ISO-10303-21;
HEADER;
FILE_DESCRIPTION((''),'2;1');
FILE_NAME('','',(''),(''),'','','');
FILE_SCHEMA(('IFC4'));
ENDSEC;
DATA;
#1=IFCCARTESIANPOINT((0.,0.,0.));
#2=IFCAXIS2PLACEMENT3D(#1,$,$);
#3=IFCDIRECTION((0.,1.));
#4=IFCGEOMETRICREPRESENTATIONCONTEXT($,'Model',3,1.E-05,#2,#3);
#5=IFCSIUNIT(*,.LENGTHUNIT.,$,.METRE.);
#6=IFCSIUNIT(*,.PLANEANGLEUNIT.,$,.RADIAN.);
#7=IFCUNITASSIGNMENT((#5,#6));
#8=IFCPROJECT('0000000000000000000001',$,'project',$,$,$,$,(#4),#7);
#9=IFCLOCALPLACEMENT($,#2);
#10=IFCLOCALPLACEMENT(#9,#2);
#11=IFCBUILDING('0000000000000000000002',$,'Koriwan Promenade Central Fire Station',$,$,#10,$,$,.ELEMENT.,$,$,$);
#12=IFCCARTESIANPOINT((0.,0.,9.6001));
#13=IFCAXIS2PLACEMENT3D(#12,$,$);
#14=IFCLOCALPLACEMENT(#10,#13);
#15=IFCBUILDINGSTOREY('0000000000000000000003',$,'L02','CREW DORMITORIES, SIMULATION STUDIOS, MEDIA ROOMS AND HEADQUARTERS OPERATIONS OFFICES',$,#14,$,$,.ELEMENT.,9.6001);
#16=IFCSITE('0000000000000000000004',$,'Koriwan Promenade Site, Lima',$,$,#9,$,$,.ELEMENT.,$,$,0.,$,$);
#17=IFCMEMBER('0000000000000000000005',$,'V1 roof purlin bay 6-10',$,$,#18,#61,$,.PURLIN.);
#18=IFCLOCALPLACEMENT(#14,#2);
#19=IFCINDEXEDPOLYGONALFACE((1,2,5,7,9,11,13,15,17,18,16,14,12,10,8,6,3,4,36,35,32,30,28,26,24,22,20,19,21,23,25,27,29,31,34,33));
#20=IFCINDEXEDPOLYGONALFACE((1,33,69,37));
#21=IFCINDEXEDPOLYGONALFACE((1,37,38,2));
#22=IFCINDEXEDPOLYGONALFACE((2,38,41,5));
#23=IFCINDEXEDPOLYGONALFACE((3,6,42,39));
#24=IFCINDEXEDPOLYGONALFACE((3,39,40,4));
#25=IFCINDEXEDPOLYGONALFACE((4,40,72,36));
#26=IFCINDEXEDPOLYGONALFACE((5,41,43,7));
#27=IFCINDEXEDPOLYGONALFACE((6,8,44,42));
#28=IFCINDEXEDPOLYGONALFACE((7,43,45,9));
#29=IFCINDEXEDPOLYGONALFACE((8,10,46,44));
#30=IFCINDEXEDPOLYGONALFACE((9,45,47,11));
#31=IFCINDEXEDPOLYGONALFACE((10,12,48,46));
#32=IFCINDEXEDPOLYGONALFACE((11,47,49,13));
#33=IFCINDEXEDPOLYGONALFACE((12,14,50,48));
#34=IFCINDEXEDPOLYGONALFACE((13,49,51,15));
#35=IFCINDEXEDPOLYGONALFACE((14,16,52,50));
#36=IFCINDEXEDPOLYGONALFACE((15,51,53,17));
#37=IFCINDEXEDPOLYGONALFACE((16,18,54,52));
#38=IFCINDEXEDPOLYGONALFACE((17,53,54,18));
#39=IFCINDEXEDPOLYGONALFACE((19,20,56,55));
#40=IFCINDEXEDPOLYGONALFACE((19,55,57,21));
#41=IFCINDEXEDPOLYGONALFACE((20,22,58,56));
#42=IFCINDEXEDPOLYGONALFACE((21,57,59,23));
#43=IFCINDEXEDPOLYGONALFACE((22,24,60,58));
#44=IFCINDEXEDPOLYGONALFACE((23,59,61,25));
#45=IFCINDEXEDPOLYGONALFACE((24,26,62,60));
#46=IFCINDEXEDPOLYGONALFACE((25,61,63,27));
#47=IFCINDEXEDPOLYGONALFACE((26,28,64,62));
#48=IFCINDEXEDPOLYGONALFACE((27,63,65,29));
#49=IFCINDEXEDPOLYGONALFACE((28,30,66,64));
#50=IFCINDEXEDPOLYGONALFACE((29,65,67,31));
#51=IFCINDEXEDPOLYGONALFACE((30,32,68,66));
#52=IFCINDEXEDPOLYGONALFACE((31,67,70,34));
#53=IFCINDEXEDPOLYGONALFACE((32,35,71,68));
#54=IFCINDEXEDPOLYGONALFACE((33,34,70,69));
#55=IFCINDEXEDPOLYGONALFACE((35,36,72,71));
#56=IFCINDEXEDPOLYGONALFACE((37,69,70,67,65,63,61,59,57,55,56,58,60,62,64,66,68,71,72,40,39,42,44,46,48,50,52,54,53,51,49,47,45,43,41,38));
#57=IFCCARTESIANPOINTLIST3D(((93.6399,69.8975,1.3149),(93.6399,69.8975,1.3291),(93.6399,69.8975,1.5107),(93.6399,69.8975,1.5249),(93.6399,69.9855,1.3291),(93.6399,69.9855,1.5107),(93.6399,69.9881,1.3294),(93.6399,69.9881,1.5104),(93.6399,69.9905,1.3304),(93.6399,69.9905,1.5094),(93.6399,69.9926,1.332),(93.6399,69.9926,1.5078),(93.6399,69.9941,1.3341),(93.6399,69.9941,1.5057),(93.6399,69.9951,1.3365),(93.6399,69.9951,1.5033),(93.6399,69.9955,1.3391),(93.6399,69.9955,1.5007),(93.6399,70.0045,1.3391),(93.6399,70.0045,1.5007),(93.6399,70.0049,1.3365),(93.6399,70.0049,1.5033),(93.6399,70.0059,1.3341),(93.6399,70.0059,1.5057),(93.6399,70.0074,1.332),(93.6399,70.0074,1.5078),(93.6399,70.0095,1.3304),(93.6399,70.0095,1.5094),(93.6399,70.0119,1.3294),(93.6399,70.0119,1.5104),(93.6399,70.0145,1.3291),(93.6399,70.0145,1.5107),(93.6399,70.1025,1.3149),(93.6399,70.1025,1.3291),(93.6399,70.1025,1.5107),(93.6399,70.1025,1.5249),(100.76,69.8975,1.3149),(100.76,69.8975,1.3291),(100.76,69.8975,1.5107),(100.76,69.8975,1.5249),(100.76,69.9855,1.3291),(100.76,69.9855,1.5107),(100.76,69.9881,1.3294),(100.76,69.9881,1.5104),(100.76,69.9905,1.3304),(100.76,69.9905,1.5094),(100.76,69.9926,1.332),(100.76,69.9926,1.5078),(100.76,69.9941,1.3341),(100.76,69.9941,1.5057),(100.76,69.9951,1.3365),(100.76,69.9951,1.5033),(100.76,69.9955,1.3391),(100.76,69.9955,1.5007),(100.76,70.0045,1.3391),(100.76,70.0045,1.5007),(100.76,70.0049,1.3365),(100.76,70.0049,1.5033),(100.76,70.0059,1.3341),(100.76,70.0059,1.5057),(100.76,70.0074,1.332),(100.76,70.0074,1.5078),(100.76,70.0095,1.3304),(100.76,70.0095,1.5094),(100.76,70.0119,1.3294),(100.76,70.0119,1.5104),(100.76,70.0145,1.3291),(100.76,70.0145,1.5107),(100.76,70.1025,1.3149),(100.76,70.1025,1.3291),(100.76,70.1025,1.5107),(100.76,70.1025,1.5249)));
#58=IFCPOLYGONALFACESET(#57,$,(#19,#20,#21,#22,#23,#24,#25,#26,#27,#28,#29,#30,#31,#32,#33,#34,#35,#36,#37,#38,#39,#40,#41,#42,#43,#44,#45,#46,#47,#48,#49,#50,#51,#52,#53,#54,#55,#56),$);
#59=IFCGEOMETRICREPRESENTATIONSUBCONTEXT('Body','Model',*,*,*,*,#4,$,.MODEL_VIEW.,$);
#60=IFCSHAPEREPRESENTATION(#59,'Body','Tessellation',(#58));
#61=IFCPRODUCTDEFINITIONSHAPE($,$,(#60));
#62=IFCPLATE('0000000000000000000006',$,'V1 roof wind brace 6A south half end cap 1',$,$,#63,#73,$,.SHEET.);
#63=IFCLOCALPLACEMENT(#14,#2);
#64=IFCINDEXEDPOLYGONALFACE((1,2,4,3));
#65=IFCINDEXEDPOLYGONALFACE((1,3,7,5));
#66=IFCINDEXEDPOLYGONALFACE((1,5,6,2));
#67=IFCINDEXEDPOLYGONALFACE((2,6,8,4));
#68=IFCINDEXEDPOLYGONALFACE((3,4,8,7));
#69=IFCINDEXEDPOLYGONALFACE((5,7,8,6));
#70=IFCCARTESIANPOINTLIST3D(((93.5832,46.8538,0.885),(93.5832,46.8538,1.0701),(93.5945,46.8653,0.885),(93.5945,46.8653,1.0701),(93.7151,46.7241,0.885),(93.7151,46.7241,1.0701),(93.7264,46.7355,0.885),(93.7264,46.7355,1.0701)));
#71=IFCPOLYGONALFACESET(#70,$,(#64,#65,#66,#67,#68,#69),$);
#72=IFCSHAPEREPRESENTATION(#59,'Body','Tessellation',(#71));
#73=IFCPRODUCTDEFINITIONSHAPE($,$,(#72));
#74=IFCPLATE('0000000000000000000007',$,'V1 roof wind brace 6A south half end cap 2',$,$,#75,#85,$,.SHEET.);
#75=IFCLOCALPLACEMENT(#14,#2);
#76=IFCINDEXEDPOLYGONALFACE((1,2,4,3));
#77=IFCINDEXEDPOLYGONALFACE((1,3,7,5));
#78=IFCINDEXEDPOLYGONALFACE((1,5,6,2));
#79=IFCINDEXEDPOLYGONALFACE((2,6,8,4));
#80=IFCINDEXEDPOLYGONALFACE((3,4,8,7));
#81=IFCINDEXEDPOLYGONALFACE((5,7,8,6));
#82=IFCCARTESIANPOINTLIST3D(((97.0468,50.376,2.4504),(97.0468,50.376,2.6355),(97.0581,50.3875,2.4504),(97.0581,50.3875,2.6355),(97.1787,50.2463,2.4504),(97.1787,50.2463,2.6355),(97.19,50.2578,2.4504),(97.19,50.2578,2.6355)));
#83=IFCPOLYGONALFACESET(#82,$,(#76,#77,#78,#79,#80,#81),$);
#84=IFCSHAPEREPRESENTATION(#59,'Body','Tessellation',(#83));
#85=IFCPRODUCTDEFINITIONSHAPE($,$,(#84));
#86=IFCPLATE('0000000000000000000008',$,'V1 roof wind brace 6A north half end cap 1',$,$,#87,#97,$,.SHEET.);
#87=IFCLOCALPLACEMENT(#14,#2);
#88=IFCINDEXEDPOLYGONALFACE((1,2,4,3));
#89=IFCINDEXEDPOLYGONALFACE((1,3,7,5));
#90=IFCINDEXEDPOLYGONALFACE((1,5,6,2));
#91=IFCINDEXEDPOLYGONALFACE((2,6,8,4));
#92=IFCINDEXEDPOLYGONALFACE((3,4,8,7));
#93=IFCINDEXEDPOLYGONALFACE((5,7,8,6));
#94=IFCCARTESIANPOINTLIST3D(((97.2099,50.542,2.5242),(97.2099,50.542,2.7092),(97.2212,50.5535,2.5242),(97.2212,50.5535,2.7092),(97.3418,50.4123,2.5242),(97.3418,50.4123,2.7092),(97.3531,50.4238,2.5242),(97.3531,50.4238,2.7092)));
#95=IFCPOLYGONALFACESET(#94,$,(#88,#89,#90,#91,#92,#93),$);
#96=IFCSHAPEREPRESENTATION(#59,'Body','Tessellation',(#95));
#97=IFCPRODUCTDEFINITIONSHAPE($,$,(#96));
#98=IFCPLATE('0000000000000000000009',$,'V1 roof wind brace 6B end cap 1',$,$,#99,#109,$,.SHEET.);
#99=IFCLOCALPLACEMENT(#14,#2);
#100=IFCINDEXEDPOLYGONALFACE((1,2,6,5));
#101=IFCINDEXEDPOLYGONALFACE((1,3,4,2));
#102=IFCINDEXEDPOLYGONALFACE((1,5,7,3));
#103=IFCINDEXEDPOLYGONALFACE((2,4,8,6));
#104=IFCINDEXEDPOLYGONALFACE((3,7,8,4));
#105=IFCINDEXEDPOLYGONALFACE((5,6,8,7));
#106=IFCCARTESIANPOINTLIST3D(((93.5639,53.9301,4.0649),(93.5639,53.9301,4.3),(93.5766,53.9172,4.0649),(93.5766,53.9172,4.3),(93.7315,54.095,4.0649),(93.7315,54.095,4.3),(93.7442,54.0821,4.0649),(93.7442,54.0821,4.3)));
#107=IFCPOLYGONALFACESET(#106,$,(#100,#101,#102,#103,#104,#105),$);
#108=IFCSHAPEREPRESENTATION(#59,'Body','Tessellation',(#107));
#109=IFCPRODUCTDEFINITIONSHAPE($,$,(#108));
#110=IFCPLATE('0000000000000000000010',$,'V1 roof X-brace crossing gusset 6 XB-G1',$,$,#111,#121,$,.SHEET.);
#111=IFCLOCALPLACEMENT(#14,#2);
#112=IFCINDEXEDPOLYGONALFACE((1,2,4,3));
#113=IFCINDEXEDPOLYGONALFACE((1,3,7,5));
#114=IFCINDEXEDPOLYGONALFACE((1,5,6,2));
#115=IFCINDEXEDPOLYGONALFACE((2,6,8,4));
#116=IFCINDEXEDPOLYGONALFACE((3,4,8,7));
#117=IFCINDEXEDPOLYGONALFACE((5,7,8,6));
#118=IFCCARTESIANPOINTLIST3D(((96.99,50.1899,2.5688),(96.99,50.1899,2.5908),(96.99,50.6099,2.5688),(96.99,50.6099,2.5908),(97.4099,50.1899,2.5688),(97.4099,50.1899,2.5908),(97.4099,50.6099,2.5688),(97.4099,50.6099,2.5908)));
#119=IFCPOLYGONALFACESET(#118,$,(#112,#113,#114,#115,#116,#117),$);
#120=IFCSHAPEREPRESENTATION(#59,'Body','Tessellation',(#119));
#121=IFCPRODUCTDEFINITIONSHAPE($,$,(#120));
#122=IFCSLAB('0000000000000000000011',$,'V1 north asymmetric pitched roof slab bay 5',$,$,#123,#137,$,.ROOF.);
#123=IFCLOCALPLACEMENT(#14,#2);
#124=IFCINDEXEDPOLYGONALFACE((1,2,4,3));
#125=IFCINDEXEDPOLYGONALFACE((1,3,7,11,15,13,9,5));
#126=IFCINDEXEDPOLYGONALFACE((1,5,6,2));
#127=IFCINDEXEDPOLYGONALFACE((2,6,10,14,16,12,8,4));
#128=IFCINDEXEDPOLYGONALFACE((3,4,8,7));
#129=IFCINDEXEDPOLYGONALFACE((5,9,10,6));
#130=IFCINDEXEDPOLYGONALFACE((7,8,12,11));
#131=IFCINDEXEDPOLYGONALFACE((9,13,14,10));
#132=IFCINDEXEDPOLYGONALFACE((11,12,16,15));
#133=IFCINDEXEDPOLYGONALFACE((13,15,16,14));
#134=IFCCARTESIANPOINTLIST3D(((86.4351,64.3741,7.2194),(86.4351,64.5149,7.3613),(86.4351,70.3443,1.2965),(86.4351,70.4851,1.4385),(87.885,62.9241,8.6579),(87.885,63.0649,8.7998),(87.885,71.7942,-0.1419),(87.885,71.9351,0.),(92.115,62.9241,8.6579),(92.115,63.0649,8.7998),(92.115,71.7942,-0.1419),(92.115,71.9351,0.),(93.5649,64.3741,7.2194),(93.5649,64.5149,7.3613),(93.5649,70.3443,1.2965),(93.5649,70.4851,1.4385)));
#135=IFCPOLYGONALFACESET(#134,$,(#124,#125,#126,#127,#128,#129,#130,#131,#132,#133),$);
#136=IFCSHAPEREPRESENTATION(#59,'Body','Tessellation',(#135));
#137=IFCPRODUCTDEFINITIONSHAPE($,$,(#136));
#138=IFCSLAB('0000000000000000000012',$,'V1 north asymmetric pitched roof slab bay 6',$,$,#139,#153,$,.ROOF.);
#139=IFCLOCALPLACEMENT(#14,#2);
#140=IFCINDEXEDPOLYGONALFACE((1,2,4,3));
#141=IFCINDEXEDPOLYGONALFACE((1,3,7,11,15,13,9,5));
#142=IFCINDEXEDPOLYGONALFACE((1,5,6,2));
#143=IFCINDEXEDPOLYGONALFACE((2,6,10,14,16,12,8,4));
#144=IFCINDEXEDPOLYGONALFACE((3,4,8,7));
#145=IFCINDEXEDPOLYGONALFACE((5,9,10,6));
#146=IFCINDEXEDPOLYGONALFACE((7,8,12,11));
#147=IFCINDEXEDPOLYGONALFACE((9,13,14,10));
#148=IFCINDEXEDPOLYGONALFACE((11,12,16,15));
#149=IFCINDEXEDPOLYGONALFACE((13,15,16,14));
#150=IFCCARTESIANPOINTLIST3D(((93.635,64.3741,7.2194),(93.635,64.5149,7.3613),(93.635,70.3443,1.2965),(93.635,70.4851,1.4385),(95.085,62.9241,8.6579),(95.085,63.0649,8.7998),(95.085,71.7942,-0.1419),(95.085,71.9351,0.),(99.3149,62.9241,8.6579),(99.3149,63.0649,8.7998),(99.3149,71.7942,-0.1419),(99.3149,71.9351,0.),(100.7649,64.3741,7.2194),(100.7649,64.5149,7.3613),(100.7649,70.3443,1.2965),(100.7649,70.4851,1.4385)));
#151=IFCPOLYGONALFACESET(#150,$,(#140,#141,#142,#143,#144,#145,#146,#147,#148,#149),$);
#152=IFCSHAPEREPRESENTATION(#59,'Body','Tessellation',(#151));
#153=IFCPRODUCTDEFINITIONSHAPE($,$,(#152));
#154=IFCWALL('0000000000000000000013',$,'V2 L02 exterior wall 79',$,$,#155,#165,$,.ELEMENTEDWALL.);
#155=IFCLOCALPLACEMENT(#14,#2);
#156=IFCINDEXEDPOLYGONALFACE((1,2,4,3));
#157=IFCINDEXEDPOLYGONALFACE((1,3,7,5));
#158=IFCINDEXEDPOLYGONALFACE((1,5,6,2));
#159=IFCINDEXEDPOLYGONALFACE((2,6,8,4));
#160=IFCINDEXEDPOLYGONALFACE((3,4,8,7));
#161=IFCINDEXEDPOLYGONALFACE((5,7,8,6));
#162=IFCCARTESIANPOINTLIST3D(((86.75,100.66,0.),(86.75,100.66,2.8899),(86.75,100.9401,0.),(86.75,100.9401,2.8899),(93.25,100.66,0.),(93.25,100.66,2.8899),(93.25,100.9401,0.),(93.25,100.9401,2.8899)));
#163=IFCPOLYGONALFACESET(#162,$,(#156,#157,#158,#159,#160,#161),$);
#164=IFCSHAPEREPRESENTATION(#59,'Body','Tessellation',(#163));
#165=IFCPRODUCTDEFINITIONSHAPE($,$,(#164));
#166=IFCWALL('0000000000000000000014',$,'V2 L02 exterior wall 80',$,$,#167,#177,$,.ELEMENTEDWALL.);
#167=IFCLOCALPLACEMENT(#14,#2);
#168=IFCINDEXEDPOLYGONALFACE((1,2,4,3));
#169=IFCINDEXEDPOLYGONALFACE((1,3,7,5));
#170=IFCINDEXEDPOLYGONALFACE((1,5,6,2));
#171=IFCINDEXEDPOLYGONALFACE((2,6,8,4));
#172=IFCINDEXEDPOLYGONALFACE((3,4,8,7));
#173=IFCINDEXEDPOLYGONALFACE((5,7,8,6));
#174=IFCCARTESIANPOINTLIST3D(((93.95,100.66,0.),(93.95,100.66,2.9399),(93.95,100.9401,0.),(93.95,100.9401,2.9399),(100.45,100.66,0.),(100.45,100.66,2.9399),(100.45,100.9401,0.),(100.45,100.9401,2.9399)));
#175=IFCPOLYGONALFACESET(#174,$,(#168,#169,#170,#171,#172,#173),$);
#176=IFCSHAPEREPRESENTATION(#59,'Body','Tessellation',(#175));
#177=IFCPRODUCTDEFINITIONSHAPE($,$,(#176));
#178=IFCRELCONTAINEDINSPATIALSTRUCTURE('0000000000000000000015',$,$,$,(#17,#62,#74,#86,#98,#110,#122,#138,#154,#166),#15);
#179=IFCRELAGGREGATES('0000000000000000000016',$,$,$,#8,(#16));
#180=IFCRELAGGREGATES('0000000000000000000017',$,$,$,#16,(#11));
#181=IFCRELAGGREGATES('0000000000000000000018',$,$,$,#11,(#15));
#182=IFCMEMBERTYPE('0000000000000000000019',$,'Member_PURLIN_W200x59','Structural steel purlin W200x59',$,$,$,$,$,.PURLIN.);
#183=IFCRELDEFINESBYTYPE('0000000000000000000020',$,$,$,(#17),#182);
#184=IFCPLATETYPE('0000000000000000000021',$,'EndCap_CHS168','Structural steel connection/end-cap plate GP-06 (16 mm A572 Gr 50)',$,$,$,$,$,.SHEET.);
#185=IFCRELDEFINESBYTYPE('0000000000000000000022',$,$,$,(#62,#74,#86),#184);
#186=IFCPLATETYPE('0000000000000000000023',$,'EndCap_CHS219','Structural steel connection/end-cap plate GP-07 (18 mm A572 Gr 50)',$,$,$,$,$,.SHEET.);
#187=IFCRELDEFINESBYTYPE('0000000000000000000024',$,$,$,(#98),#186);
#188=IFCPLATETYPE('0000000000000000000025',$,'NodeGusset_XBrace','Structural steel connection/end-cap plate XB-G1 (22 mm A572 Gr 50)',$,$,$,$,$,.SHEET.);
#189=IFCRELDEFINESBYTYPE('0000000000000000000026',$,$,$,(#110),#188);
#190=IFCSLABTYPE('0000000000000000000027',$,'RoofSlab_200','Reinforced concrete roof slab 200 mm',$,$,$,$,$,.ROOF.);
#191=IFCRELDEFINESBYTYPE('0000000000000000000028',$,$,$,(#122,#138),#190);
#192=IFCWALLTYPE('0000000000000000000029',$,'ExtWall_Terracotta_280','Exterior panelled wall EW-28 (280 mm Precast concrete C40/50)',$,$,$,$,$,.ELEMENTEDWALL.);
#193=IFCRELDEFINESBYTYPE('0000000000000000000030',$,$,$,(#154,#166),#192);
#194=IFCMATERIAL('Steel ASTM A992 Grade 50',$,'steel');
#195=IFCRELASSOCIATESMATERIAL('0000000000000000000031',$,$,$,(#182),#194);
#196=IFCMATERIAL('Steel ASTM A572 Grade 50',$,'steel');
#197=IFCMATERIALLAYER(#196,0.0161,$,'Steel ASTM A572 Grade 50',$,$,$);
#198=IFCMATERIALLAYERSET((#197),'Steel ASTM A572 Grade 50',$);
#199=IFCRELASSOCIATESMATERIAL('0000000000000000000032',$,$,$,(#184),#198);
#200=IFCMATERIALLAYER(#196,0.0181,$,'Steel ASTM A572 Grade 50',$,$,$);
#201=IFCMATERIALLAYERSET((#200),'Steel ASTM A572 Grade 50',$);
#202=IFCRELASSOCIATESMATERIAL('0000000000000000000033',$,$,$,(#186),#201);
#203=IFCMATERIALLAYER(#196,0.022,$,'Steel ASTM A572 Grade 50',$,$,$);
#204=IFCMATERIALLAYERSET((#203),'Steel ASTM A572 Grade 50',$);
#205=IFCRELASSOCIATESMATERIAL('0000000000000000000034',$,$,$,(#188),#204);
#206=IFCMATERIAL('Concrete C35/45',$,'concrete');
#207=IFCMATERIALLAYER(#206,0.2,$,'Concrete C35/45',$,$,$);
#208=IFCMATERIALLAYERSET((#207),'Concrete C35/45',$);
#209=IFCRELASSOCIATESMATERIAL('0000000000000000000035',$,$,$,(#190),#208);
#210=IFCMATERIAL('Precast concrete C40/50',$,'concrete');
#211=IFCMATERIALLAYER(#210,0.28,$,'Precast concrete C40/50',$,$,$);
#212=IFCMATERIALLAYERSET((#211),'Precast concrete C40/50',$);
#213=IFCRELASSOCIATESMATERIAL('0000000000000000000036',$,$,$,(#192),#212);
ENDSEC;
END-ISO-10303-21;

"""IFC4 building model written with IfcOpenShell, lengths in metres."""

from ifc_helpers import new_model, si_unit, direction, frame, frame_2d, origin, origin_2d, place, context, subcontext, project, spatial, polyline, rectangle, i_section, outline, extrude, material, layer, layer_set, material_profile, profile_set, type_object, element, save


model = new_model("IFC4")

# Units and contexts
model_context = context("Model", 3, precision=1e-05, world=origin(), true_north=direction((0.0, 1.0)))
body_context = subcontext(model_context, "Body", "Model", "MODEL_VIEW")
ifc_project = project(units=[si_unit("LENGTHUNIT", "METRE"), si_unit("PLANEANGLEUNIT", "RADIAN")], contexts=[model_context])

# Site, building, storey
site_placement = place(None, origin())
site = spatial("IfcSite", under=ifc_project, at=site_placement, Name="Koriwan Promenade Site, Lima", CompositionType="ELEMENT", RefElevation=0.0)
building_placement = place(site_placement, origin())
building = spatial("IfcBuilding", under=site, at=building_placement, Name="Koriwan Promenade Central Fire Station", CompositionType="ELEMENT")
storey_placement = place(building_placement, frame((0.0, 0.0, 9.6001)))
storey = spatial("IfcBuildingStorey", under=building, at=storey_placement, Name="L02", Description="CREW DORMITORIES, SIMULATION STUDIOS, MEDIA ROOMS AND HEADQUARTERS OPERATIONS OFFICES", CompositionType="ELEMENT", Elevation=9.6001)

# Shared definitions
ifc_material_1 = material(Name="Concrete C35/45", Category="concrete")

# Member
ifc_material_2 = material(Name="Steel ASTM A992 Grade 50", Category="steel")
ifc_material_profile_1 = material_profile(ifc_material_2, i_section(OverallWidth=0.2051, OverallDepth=0.21, WebThickness=0.009, FlangeThickness=0.0142, FilletRadius=0.01, at=origin_2d()), Name="W200x59")
ifc_profile_set_1 = profile_set([ifc_material_profile_1], Name="Steel ASTM A992 Grade 50")
member_type_1 = type_object("IfcMemberType", Name="Member_PURLIN_W200x59", Description="Structural steel purlin W200x59", PredefinedType="PURLIN", material=ifc_profile_set_1)
for number, where, z_axis, x_axis, name in (
    (1, (93.6399, 70.0, 1.4199), (1.0, 0.0, 0.0), (0.0, 1.0, 0.0), "V1 roof purlin bay 6-10"),
):
    element("IfcMember", number, at=place(storey_placement, frame(where, z_axis=z_axis, x_axis=x_axis)), inside=storey, type_object=member_type_1, Name=name, PredefinedType="PURLIN", context=body_context, shape_type="SweptSolid", body=[
        extrude(i_section(OverallWidth=0.2051, OverallDepth=0.21, WebThickness=0.009, FlangeThickness=0.0142, FilletRadius=0.01, at=origin_2d()), origin(), (0.0, 0.0, 1.0), 7.1201),
    ])

# Plates
ifc_material_3 = material(Name="Steel ASTM A572 Grade 50", Category="steel")
ifc_layer_1 = layer(ifc_material_3, 0.0161, Name="Steel ASTM A572 Grade 50")
ifc_layer_set_1 = layer_set([ifc_layer_1], Name="Steel ASTM A572 Grade 50")
plate_type_1 = type_object("IfcPlateType", Name="EndCap_CHS168", Description="Structural steel connection/end-cap plate GP-06 (16 mm A572 Gr 50)", PredefinedType="SHEET", material=ifc_layer_set_1)
for number, where, z_axis, x_axis, name in (
    (2, (93.6548, 46.7947, 0.885), (0.0, 0.0, 1.0), (0.701158, 0.713006, 0.0), "V1 roof wind brace 6A south half end cap 1"),
    (3, (97.1184, 50.3169, 2.4504), (0.0, 0.0, 1.0), (0.701158, 0.713006, 0.0), "V1 roof wind brace 6A south half end cap 2"),
    (4, (97.2815, 50.4829, 2.5242), (0.0, 0.0, 1.0), (0.701158, 0.713006, 0.0), "V1 roof wind brace 6A north half end cap 1"),
):
    element("IfcPlate", number, at=place(storey_placement, frame(where, z_axis=z_axis, x_axis=x_axis)), inside=storey, type_object=plate_type_1, Name=name, PredefinedType="SHEET", context=body_context, shape_type="SweptSolid", body=[
        extrude(rectangle(XDim=0.0161, YDim=0.1851, at=origin_2d()), origin(), (0.0, 0.0, 1.0), 0.1851),
    ])
ifc_layer_2 = layer(ifc_material_3, 0.0181, Name="Steel ASTM A572 Grade 50")
ifc_layer_set_2 = layer_set([ifc_layer_2], Name="Steel ASTM A572 Grade 50")
plate_type_2 = type_object("IfcPlateType", Name="EndCap_CHS219", Description="Structural steel connection/end-cap plate GP-07 (18 mm A572 Gr 50)", PredefinedType="SHEET", material=ifc_layer_set_2)
plate_1_placement = place(storey_placement, frame((93.6541, 54.0061, 4.0649), z_axis=(0.0, 0.0, 1.0), x_axis=(0.701158, -0.713006, 0.0)))
element("IfcPlate", 5, at=plate_1_placement, inside=storey, type_object=plate_type_2, Name="V1 roof wind brace 6B end cap 1", PredefinedType="SHEET", context=body_context, shape_type="SweptSolid", body=[
    extrude(rectangle(XDim=0.0181, YDim=0.2351, at=origin_2d()), origin(), (0.0, 0.0, 1.0), 0.2351),
])
ifc_layer_3 = layer(ifc_material_3, 0.022, Name="Steel ASTM A572 Grade 50")
ifc_layer_set_3 = layer_set([ifc_layer_3], Name="Steel ASTM A572 Grade 50")
plate_type_3 = type_object("IfcPlateType", Name="NodeGusset_XBrace", Description="Structural steel connection/end-cap plate XB-G1 (22 mm A572 Gr 50)", PredefinedType="SHEET", material=ifc_layer_set_3)
plate_2_placement = place(storey_placement, frame((97.2, 50.3999, 2.5688), z_axis=(0.0, 0.0, 1.0), x_axis=(1.0, 0.0, 0.0)))
element("IfcPlate", 6, at=plate_2_placement, inside=storey, type_object=plate_type_3, Name="V1 roof X-brace crossing gusset 6 XB-G1", PredefinedType="SHEET", context=body_context, shape_type="SweptSolid", body=[
    extrude(rectangle(XDim=0.4199, YDim=0.4199, at=origin_2d()), origin(), (0.0, 0.0, 1.0), 0.022),
])

# Slabs
ifc_layer_4 = layer(ifc_material_1, 0.2, Name="Concrete C35/45")
ifc_layer_set_4 = layer_set([ifc_layer_4], Name="Concrete C35/45")
slab_type = type_object("IfcSlabType", Name="RoofSlab_200", Description="Reinforced concrete roof slab 200 mm", PredefinedType="ROOF", material=ifc_layer_set_4)
for number, where, z_axis, x_axis, name in (
    (7, (87.885, 63.0649, 8.7998), (0.0, 0.704287, 0.709915), (1.0, 0.0, 0.0), "V1 north asymmetric pitched roof slab bay 5"),
    (8, (95.085, 63.0649, 8.7998), (0.0, 0.704287, 0.709915), (1.0, 0.0, 0.0), "V1 north asymmetric pitched roof slab bay 6"),
):
    element("IfcSlab", number, at=place(storey_placement, frame(where, z_axis=z_axis, x_axis=x_axis)), inside=storey, type_object=slab_type, Name=name, PredefinedType="ROOF", context=body_context, shape_type="SweptSolid", body=[
        extrude(outline(polyline([(0.0, 0.0), (4.23, 0.0), (5.6799, 2.0424), (5.6799, 10.4522), (4.23, 12.4946), (0.0, 12.4946), (-1.45, 10.4522), (-1.45, 2.0424), (0.0, 0.0)])), origin(), (0.0, 0.0, -1.0), 0.2),
    ])

# Walls
ifc_material_4 = material(Name="Precast concrete C40/50", Category="concrete")
ifc_layer_5 = layer(ifc_material_4, 0.28, Name="Precast concrete C40/50")
ifc_layer_set_5 = layer_set([ifc_layer_5], Name="Precast concrete C40/50")
wall_type = type_object("IfcWallType", Name="ExtWall_Terracotta_280", Description="Exterior panelled wall EW-28 (280 mm Precast concrete C40/50)", PredefinedType="ELEMENTEDWALL", material=ifc_layer_set_5)
wall_1_placement = place(storey_placement, frame((86.75, 100.8, 0.0), z_axis=(0.0, 0.0, 1.0), x_axis=(1.0, 0.0, 0.0)))
element("IfcWall", 9, at=wall_1_placement, inside=storey, type_object=wall_type, Name="V2 L02 exterior wall 79", PredefinedType="ELEMENTEDWALL", context=body_context, shape_type="SweptSolid", body=[
    extrude(rectangle(XDim=6.5, YDim=0.28, at=frame_2d((3.25, 0.0))), origin(), (0.0, 0.0, 1.0), 2.8899),
])
wall_2_placement = place(storey_placement, frame((93.95, 100.8, 0.0), z_axis=(0.0, 0.0, 1.0), x_axis=(1.0, 0.0, 0.0)))
element("IfcWall", 10, at=wall_2_placement, inside=storey, type_object=wall_type, Name="V2 L02 exterior wall 80", PredefinedType="ELEMENTEDWALL", context=body_context, shape_type="SweptSolid", body=[
    extrude(rectangle(XDim=6.5, YDim=0.28, at=frame_2d((3.25, 0.0))), origin(), (0.0, 0.0, 1.0), 2.9399),
])

save(model, "model.ifc")
